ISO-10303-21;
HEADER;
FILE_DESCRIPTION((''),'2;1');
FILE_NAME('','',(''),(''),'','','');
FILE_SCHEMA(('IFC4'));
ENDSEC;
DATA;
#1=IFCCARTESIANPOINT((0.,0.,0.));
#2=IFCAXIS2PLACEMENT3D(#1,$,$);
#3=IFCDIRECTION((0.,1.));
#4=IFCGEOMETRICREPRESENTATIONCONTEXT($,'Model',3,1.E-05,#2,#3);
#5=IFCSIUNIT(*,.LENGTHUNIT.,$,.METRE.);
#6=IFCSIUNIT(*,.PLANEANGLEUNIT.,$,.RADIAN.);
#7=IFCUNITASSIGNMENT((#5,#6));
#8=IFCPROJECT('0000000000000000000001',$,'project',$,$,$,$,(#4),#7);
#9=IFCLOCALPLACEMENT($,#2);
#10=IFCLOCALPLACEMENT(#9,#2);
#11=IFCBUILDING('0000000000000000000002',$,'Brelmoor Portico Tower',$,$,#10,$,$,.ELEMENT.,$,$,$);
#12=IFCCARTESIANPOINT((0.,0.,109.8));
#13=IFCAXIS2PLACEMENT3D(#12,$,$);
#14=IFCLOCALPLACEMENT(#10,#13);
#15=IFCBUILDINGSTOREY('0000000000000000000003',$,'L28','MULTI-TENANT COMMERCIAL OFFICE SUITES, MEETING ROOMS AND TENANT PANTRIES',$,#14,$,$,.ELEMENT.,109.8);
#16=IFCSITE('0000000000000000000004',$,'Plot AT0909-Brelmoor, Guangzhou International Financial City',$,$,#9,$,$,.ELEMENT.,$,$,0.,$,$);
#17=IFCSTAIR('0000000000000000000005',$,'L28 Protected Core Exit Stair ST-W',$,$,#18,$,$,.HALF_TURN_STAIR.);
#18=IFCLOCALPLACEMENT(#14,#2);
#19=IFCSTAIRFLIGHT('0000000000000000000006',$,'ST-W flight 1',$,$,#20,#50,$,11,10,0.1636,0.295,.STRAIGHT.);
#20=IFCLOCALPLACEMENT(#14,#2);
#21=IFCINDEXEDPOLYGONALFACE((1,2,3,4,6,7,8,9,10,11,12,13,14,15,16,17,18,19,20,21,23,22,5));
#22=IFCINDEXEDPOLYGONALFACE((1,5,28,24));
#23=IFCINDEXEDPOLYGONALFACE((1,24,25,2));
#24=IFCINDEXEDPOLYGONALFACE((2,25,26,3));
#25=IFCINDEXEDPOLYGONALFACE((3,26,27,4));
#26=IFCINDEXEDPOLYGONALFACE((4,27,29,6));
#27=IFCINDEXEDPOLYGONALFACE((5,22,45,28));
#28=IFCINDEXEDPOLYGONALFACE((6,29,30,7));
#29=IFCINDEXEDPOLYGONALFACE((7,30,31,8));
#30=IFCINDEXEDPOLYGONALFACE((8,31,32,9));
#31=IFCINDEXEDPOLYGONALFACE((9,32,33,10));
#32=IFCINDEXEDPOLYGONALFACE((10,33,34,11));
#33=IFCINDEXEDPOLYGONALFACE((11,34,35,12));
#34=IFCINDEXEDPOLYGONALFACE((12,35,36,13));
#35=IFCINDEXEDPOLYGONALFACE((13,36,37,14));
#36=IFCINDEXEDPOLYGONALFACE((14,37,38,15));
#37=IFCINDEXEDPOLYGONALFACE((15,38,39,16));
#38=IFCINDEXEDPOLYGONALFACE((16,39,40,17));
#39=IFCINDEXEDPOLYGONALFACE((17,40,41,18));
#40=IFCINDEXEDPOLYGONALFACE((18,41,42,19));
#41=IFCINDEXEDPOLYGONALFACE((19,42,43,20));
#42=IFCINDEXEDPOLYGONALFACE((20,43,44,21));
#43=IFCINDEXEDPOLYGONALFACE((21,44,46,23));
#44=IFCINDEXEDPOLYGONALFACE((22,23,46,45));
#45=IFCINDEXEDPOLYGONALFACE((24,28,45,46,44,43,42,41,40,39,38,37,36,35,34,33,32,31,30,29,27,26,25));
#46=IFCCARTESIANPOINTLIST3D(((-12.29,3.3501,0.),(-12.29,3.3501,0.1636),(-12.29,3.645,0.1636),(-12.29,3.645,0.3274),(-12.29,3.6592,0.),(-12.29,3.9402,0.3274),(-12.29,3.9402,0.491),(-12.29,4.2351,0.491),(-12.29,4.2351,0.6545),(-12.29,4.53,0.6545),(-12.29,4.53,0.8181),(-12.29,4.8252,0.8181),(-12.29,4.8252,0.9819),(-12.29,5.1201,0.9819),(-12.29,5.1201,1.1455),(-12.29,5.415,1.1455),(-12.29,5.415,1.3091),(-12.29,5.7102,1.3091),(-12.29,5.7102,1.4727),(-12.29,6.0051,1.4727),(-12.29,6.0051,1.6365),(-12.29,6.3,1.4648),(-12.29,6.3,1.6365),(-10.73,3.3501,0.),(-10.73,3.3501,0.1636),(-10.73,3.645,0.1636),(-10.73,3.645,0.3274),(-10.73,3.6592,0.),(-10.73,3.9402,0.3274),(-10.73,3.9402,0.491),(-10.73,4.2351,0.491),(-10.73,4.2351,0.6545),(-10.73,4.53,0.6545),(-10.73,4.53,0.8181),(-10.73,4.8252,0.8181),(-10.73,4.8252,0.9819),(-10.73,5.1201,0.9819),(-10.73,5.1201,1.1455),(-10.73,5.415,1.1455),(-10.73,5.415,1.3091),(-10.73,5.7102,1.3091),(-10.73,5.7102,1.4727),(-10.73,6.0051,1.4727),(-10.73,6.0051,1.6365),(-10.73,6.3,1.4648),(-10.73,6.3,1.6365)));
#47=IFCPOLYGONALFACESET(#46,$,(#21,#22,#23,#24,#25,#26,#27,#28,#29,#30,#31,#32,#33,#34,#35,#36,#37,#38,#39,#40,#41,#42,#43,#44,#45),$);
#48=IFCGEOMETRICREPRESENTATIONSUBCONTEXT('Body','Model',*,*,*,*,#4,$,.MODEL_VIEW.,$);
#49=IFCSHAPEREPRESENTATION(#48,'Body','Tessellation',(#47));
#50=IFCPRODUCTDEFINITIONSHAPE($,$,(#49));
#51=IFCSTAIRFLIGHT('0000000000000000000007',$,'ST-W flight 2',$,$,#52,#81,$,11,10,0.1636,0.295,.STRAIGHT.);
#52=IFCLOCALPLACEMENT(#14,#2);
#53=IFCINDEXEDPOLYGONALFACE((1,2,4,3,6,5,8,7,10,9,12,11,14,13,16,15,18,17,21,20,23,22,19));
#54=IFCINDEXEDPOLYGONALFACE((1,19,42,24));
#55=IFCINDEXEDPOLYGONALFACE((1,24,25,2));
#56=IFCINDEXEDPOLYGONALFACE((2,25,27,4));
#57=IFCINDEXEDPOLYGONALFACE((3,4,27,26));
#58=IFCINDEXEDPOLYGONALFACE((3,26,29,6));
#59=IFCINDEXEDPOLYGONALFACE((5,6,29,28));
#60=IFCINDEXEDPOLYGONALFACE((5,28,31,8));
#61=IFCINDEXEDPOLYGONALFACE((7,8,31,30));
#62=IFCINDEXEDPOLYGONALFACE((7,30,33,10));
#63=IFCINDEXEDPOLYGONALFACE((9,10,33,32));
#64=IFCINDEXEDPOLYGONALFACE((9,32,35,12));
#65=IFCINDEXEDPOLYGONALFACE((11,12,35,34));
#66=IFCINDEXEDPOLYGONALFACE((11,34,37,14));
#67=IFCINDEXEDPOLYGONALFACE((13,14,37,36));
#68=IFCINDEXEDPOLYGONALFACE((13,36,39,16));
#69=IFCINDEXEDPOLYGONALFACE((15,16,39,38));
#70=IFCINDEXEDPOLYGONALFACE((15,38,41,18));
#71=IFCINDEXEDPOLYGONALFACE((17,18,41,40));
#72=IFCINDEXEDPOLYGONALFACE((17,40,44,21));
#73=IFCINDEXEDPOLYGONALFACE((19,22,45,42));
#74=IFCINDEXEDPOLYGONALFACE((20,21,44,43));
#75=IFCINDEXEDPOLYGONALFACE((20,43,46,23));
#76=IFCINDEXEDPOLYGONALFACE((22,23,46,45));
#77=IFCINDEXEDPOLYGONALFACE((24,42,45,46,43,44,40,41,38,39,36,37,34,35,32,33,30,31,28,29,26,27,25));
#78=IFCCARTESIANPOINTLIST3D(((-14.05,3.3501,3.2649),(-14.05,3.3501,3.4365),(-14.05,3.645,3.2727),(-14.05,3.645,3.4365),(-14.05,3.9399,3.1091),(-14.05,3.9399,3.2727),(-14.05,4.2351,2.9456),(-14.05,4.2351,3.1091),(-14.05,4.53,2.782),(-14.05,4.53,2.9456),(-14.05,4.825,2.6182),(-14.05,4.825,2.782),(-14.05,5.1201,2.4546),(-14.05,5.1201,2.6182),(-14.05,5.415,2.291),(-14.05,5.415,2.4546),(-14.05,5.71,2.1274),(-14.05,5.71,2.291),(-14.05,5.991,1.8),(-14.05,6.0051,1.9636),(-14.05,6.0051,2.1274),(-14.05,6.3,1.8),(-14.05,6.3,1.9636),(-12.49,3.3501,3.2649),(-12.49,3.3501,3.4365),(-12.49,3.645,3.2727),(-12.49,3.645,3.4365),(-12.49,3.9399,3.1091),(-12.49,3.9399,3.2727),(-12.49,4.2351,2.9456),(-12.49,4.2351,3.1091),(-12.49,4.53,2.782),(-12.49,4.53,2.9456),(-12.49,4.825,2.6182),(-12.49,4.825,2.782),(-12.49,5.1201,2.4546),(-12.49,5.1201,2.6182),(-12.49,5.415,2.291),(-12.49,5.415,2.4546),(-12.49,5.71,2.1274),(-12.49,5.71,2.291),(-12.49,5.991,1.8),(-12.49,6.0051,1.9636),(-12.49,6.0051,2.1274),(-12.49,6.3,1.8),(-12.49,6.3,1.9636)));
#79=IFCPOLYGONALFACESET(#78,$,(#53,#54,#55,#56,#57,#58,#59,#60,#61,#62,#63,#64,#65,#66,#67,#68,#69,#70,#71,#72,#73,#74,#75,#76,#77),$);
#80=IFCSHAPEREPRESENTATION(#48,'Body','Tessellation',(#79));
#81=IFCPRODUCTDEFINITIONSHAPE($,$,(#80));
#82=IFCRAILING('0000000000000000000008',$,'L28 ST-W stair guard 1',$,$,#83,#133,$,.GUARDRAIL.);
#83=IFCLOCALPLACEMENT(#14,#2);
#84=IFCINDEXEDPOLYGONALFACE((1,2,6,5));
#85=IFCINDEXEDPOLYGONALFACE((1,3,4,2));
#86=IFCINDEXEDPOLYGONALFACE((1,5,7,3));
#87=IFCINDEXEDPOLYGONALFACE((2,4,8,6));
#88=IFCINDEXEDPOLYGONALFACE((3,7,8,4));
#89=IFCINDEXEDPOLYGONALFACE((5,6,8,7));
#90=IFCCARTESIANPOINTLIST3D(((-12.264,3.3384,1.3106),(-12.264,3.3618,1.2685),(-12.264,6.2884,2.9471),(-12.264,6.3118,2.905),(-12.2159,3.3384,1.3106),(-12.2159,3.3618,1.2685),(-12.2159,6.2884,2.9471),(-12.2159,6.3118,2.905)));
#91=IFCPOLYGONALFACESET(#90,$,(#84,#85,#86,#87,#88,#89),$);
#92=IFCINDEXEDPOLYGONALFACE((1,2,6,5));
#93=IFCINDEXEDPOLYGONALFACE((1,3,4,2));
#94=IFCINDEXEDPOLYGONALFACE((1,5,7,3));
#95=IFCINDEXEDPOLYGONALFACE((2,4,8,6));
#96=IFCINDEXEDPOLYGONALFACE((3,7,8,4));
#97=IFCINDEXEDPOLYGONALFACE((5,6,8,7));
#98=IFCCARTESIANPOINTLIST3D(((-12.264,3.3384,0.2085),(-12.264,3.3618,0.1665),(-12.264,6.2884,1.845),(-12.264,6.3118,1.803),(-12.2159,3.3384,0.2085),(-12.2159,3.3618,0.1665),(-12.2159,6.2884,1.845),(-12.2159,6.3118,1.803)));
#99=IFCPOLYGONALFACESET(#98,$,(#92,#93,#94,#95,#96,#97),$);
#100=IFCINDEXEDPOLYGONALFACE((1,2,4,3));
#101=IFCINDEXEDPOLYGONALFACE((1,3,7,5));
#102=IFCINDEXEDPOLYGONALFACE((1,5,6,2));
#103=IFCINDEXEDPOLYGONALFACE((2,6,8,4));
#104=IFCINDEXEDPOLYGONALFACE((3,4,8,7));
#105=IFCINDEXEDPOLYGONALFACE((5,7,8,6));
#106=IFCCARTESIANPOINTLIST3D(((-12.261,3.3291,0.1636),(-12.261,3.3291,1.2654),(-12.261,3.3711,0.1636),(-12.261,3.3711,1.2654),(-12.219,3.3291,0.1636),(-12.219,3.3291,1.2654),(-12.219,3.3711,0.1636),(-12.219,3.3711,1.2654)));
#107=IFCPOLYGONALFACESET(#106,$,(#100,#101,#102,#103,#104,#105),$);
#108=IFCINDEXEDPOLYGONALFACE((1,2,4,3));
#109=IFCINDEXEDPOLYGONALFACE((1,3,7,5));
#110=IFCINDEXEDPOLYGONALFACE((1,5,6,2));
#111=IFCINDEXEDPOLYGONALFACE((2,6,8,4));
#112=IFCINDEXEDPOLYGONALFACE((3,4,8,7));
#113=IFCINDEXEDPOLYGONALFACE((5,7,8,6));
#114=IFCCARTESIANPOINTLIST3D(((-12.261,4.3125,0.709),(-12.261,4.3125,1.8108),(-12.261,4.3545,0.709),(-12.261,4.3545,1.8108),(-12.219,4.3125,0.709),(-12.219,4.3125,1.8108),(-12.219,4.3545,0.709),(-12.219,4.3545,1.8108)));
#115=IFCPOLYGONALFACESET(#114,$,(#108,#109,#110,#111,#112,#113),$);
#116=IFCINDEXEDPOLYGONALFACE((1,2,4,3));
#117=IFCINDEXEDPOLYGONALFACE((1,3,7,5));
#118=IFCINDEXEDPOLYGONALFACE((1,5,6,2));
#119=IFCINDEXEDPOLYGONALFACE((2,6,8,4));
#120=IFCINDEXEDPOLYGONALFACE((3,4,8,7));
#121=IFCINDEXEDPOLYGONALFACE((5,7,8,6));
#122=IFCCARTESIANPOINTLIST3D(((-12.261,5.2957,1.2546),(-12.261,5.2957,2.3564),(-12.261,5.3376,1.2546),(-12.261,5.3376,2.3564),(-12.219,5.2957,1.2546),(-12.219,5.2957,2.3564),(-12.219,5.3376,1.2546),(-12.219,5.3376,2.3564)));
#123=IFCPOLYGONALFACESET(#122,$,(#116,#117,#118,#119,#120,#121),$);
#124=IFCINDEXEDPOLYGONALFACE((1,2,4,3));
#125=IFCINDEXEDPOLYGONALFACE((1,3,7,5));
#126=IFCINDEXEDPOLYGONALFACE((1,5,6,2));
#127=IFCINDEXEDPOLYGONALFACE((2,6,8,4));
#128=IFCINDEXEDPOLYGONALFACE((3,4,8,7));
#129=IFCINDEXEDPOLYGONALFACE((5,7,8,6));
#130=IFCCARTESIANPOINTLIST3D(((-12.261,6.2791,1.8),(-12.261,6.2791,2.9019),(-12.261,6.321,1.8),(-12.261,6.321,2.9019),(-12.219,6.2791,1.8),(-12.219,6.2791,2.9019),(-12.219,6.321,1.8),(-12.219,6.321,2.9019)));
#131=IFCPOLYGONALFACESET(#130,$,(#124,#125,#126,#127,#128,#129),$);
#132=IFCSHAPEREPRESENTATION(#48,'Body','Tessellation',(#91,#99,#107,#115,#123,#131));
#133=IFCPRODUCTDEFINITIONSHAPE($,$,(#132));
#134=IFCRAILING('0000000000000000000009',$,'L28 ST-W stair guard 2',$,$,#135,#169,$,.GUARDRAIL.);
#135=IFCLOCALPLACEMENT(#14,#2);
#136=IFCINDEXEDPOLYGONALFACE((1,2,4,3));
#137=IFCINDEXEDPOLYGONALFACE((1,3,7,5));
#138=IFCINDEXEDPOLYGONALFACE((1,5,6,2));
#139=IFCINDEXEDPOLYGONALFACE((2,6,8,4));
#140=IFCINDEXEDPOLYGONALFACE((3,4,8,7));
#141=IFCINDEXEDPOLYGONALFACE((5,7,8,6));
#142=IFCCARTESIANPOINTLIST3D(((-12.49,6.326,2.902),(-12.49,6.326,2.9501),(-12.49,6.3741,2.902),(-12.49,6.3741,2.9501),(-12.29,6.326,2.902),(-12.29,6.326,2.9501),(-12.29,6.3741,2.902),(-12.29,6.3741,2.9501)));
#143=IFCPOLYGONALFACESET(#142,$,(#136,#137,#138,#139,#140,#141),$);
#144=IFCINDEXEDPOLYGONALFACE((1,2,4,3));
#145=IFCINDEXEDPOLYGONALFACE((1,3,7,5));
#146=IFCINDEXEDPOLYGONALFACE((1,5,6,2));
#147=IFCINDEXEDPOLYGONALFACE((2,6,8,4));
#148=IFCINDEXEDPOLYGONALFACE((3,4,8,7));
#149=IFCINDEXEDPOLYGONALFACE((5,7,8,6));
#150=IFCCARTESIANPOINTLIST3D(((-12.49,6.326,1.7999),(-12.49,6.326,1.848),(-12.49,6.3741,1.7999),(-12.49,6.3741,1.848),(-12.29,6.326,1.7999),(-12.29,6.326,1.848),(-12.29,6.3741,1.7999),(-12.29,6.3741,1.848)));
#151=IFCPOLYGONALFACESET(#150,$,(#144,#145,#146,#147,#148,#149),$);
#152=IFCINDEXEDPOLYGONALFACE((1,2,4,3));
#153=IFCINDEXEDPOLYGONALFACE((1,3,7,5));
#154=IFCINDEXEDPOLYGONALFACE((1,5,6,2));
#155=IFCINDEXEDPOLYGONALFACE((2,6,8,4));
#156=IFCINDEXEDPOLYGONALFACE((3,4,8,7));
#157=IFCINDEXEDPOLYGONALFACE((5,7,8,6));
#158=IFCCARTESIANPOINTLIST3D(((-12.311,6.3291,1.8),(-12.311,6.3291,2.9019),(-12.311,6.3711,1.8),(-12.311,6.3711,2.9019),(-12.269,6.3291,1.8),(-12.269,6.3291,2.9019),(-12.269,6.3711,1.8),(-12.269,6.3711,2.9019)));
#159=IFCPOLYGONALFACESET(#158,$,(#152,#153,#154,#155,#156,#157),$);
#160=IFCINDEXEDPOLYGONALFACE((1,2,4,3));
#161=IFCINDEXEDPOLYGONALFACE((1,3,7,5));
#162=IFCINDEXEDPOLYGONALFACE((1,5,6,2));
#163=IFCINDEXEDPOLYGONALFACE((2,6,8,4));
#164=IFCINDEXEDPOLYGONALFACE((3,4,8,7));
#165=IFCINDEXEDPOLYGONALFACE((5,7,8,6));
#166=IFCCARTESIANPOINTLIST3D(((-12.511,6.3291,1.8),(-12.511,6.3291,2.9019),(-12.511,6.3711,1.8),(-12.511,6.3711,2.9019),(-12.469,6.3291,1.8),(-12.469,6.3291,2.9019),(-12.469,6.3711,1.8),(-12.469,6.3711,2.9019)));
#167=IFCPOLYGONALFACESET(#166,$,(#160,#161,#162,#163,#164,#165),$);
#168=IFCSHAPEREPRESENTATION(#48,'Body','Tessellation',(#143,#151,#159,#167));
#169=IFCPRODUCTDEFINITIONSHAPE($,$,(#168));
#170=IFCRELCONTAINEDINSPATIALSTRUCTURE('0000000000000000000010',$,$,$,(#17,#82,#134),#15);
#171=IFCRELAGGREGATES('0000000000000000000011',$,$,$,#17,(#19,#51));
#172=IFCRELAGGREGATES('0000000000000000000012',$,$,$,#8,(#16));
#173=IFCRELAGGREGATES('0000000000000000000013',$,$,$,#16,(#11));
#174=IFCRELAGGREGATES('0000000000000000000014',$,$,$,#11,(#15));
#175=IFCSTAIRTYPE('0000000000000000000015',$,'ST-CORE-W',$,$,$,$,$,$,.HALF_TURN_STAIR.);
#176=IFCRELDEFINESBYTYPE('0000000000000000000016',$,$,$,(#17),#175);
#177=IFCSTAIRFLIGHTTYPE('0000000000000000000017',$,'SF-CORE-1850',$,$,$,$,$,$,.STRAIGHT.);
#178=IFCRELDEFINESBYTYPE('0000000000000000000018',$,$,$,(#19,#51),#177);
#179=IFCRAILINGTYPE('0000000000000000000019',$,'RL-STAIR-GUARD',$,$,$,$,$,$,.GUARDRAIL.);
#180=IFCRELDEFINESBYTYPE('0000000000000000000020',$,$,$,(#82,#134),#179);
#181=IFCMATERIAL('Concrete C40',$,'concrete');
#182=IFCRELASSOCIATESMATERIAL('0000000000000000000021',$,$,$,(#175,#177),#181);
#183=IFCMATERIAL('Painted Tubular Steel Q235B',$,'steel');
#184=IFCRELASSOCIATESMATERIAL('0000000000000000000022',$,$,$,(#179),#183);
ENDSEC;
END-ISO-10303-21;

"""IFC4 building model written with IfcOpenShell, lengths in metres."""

from ifc_helpers import new_model, si_unit, direction, frame, origin, origin_2d, place, context, subcontext, project, spatial, polyline, rectangle, outline, extrude, material, type_object, element, aggregate, save


model = new_model("IFC4")

# Units and contexts
model_context = context("Model", 3, precision=1e-05, world=origin(), true_north=direction((0.0, 1.0)))
body_context = subcontext(model_context, "Body", "Model", "MODEL_VIEW")
ifc_project = project(units=[si_unit("LENGTHUNIT", "METRE"), si_unit("PLANEANGLEUNIT", "RADIAN")], contexts=[model_context])

# Site, building, storey
site_placement = place(None, origin())
site = spatial("IfcSite", under=ifc_project, at=site_placement, Name="Plot AT0909-Brelmoor, Guangzhou International Financial City", CompositionType="ELEMENT", RefElevation=0.0)
building_placement = place(site_placement, origin())
building = spatial("IfcBuilding", under=site, at=building_placement, Name="Brelmoor Portico Tower", CompositionType="ELEMENT")
storey_placement = place(building_placement, frame((0.0, 0.0, 109.8)))
storey = spatial("IfcBuildingStorey", under=building, at=storey_placement, Name="L28", Description="MULTI-TENANT COMMERCIAL OFFICE SUITES, MEETING ROOMS AND TENANT PANTRIES", CompositionType="ELEMENT", Elevation=109.8)

# Shared definitions
ifc_material_1 = material(Name="Concrete C40", Category="concrete")

# Stair, stair flights
stair_type = type_object("IfcStairType", Name="ST-CORE-W", PredefinedType="HALF_TURN_STAIR", material=ifc_material_1)
stair_placement = place(storey_placement, origin())
stair = element("IfcStair", 1, at=stair_placement, inside=storey, type_object=stair_type, Name="L28 Protected Core Exit Stair ST-W", PredefinedType="HALF_TURN_STAIR")
stair_flight_type = type_object("IfcStairFlightType", Name="SF-CORE-1850", PredefinedType="STRAIGHT", material=ifc_material_1)
stair_flight_1_placement = place(storey_placement, frame((-11.51, 3.3501, 0.0), z_axis=(0.0, 0.0, 1.0), x_axis=(0.0, 1.0, 0.0)))
stair_flight_1 = element("IfcStairFlight", 2, at=stair_flight_1_placement, type_object=stair_flight_type, Name="ST-W flight 1", NumberOfRisers=11, NumberOfTreads=10, PredefinedType="STRAIGHT", RiserHeight=0.1636, TreadLength=0.295, context=body_context, shape_type="SweptSolid", body=[
    extrude(outline(polyline([(0.0, 0.0), (0.0, 0.1636), (0.2949, 0.1636), (0.2949, 0.3274), (0.5901, 0.3274), (0.5901, 0.491), (0.885, 0.491), (0.885, 0.6545), (1.1799, 0.6545), (1.1799, 0.8181), (1.4751, 0.8181), (1.4751, 0.9819), (1.77, 0.9819), (1.77, 1.1455), (2.0649, 1.1455), (2.0649, 1.3091), (2.3601, 1.3091), (2.3601, 1.4727), (2.655, 1.4727), (2.655, 1.6365), (2.95, 1.6365), (2.95, 1.8), (2.95, 1.4648), (0.3091, 0.0), (0.0, 0.0)])), frame((0.0, 0.78, 0.0), z_axis=(0.0, -1.0, 0.0), x_axis=(1.0, 0.0, 0.0)), (0.0, 0.0, 1.0), 1.5601),
])
stair_flight_2_placement = place(storey_placement, frame((-13.27, 6.3, 1.8), z_axis=(0.0, 0.0, 1.0), x_axis=(0.0, -1.0, 0.0)))
stair_flight_2 = element("IfcStairFlight", 3, at=stair_flight_2_placement, type_object=stair_flight_type, Name="ST-W flight 2", NumberOfRisers=11, NumberOfTreads=10, PredefinedType="STRAIGHT", RiserHeight=0.1636, TreadLength=0.295, context=body_context, shape_type="SweptSolid", body=[
    extrude(outline(polyline([(0.0, 0.0), (0.0, 0.1636), (0.2949, 0.1636), (0.2949, 0.3274), (0.5901, 0.3274), (0.5901, 0.491), (0.885, 0.491), (0.885, 0.6545), (1.1799, 0.6545), (1.1799, 0.8181), (1.4751, 0.8181), (1.4751, 0.9819), (1.77, 0.9819), (1.77, 1.1455), (2.0649, 1.1455), (2.0649, 1.3091), (2.3601, 1.3091), (2.3601, 1.4727), (2.655, 1.4727), (2.655, 1.6365), (2.95, 1.6365), (2.95, 1.8), (2.95, 1.4648), (0.3091, 0.0), (0.0, 0.0)])), frame((0.0, 0.78, 0.0), z_axis=(0.0, -1.0, 0.0), x_axis=(1.0, 0.0, 0.0)), (0.0, 0.0, 1.0), 1.5601),
])
aggregate(stair, [stair_flight_1, stair_flight_2])

# Railings
ifc_material_2 = material(Name="Painted Tubular Steel Q235B", Category="steel")
railing_type_1 = type_object("IfcRailingType", Name="RL-STAIR-GUARD", PredefinedType="GUARDRAIL", material=ifc_material_2)
railing_1_placement = place(storey_placement, frame((-12.24, 3.3501, 0.1636)))
element("IfcRailing", 4, at=railing_1_placement, inside=storey, type_object=railing_type_1, Name="L28 ST-W stair guard 1", PredefinedType="GUARDRAIL", context=body_context, shape_type="SweptSolid", body=[
    extrude(rectangle(XDim=0.0481, YDim=0.0481, at=origin_2d()), frame((0.0, 0.0, 1.126), z_axis=(0.0, 0.874458, 0.485102), x_axis=(-1.0, 0.0, 0.0)), (0.0, 0.0, 1.0), 3.3735),
    extrude(rectangle(XDim=0.0481, YDim=0.0481, at=origin_2d()), frame((0.0, 0.0, 0.0239), z_axis=(0.0, 0.874458, 0.485102), x_axis=(-1.0, 0.0, 0.0)), (0.0, 0.0, 1.0), 3.3735),
    extrude(rectangle(XDim=0.042, YDim=0.042, at=origin_2d()), origin(), (0.0, 0.0, 1.0), 1.1018),
    extrude(rectangle(XDim=0.042, YDim=0.042, at=origin_2d()), frame((0.0, 0.9834, 0.5454)), (0.0, 0.0, 1.0), 1.1018),
    extrude(rectangle(XDim=0.042, YDim=0.042, at=origin_2d()), frame((0.0, 1.9666, 1.0911)), (0.0, 0.0, 1.0), 1.1018),
    extrude(rectangle(XDim=0.042, YDim=0.042, at=origin_2d()), frame((0.0, 2.95, 1.6365)), (0.0, 0.0, 1.0), 1.1018),
])
railing_2_placement = place(storey_placement, frame((-12.29, 6.3501, 1.8)))
element("IfcRailing", 5, at=railing_2_placement, inside=storey, type_object=railing_type_1, Name="L28 ST-W stair guard 2", PredefinedType="GUARDRAIL", context=body_context, shape_type="SweptSolid", body=[
    extrude(rectangle(XDim=0.0481, YDim=0.0481, at=origin_2d()), frame((0.0, 0.0, 1.126), z_axis=(-1.0, 0.0, 0.0), x_axis=(0.0, -1.0, 0.0)), (0.0, 0.0, 1.0), 0.2),
    extrude(rectangle(XDim=0.0481, YDim=0.0481, at=origin_2d()), frame((0.0, 0.0, 0.0239), z_axis=(-1.0, 0.0, 0.0), x_axis=(0.0, -1.0, 0.0)), (0.0, 0.0, 1.0), 0.2),
    extrude(rectangle(XDim=0.042, YDim=0.042, at=origin_2d()), origin(), (0.0, 0.0, 1.0), 1.1018),
    extrude(rectangle(XDim=0.042, YDim=0.042, at=origin_2d()), frame((-0.2, 0.0, 0.0)), (0.0, 0.0, 1.0), 1.1018),
])

save(model, "model.ifc")
